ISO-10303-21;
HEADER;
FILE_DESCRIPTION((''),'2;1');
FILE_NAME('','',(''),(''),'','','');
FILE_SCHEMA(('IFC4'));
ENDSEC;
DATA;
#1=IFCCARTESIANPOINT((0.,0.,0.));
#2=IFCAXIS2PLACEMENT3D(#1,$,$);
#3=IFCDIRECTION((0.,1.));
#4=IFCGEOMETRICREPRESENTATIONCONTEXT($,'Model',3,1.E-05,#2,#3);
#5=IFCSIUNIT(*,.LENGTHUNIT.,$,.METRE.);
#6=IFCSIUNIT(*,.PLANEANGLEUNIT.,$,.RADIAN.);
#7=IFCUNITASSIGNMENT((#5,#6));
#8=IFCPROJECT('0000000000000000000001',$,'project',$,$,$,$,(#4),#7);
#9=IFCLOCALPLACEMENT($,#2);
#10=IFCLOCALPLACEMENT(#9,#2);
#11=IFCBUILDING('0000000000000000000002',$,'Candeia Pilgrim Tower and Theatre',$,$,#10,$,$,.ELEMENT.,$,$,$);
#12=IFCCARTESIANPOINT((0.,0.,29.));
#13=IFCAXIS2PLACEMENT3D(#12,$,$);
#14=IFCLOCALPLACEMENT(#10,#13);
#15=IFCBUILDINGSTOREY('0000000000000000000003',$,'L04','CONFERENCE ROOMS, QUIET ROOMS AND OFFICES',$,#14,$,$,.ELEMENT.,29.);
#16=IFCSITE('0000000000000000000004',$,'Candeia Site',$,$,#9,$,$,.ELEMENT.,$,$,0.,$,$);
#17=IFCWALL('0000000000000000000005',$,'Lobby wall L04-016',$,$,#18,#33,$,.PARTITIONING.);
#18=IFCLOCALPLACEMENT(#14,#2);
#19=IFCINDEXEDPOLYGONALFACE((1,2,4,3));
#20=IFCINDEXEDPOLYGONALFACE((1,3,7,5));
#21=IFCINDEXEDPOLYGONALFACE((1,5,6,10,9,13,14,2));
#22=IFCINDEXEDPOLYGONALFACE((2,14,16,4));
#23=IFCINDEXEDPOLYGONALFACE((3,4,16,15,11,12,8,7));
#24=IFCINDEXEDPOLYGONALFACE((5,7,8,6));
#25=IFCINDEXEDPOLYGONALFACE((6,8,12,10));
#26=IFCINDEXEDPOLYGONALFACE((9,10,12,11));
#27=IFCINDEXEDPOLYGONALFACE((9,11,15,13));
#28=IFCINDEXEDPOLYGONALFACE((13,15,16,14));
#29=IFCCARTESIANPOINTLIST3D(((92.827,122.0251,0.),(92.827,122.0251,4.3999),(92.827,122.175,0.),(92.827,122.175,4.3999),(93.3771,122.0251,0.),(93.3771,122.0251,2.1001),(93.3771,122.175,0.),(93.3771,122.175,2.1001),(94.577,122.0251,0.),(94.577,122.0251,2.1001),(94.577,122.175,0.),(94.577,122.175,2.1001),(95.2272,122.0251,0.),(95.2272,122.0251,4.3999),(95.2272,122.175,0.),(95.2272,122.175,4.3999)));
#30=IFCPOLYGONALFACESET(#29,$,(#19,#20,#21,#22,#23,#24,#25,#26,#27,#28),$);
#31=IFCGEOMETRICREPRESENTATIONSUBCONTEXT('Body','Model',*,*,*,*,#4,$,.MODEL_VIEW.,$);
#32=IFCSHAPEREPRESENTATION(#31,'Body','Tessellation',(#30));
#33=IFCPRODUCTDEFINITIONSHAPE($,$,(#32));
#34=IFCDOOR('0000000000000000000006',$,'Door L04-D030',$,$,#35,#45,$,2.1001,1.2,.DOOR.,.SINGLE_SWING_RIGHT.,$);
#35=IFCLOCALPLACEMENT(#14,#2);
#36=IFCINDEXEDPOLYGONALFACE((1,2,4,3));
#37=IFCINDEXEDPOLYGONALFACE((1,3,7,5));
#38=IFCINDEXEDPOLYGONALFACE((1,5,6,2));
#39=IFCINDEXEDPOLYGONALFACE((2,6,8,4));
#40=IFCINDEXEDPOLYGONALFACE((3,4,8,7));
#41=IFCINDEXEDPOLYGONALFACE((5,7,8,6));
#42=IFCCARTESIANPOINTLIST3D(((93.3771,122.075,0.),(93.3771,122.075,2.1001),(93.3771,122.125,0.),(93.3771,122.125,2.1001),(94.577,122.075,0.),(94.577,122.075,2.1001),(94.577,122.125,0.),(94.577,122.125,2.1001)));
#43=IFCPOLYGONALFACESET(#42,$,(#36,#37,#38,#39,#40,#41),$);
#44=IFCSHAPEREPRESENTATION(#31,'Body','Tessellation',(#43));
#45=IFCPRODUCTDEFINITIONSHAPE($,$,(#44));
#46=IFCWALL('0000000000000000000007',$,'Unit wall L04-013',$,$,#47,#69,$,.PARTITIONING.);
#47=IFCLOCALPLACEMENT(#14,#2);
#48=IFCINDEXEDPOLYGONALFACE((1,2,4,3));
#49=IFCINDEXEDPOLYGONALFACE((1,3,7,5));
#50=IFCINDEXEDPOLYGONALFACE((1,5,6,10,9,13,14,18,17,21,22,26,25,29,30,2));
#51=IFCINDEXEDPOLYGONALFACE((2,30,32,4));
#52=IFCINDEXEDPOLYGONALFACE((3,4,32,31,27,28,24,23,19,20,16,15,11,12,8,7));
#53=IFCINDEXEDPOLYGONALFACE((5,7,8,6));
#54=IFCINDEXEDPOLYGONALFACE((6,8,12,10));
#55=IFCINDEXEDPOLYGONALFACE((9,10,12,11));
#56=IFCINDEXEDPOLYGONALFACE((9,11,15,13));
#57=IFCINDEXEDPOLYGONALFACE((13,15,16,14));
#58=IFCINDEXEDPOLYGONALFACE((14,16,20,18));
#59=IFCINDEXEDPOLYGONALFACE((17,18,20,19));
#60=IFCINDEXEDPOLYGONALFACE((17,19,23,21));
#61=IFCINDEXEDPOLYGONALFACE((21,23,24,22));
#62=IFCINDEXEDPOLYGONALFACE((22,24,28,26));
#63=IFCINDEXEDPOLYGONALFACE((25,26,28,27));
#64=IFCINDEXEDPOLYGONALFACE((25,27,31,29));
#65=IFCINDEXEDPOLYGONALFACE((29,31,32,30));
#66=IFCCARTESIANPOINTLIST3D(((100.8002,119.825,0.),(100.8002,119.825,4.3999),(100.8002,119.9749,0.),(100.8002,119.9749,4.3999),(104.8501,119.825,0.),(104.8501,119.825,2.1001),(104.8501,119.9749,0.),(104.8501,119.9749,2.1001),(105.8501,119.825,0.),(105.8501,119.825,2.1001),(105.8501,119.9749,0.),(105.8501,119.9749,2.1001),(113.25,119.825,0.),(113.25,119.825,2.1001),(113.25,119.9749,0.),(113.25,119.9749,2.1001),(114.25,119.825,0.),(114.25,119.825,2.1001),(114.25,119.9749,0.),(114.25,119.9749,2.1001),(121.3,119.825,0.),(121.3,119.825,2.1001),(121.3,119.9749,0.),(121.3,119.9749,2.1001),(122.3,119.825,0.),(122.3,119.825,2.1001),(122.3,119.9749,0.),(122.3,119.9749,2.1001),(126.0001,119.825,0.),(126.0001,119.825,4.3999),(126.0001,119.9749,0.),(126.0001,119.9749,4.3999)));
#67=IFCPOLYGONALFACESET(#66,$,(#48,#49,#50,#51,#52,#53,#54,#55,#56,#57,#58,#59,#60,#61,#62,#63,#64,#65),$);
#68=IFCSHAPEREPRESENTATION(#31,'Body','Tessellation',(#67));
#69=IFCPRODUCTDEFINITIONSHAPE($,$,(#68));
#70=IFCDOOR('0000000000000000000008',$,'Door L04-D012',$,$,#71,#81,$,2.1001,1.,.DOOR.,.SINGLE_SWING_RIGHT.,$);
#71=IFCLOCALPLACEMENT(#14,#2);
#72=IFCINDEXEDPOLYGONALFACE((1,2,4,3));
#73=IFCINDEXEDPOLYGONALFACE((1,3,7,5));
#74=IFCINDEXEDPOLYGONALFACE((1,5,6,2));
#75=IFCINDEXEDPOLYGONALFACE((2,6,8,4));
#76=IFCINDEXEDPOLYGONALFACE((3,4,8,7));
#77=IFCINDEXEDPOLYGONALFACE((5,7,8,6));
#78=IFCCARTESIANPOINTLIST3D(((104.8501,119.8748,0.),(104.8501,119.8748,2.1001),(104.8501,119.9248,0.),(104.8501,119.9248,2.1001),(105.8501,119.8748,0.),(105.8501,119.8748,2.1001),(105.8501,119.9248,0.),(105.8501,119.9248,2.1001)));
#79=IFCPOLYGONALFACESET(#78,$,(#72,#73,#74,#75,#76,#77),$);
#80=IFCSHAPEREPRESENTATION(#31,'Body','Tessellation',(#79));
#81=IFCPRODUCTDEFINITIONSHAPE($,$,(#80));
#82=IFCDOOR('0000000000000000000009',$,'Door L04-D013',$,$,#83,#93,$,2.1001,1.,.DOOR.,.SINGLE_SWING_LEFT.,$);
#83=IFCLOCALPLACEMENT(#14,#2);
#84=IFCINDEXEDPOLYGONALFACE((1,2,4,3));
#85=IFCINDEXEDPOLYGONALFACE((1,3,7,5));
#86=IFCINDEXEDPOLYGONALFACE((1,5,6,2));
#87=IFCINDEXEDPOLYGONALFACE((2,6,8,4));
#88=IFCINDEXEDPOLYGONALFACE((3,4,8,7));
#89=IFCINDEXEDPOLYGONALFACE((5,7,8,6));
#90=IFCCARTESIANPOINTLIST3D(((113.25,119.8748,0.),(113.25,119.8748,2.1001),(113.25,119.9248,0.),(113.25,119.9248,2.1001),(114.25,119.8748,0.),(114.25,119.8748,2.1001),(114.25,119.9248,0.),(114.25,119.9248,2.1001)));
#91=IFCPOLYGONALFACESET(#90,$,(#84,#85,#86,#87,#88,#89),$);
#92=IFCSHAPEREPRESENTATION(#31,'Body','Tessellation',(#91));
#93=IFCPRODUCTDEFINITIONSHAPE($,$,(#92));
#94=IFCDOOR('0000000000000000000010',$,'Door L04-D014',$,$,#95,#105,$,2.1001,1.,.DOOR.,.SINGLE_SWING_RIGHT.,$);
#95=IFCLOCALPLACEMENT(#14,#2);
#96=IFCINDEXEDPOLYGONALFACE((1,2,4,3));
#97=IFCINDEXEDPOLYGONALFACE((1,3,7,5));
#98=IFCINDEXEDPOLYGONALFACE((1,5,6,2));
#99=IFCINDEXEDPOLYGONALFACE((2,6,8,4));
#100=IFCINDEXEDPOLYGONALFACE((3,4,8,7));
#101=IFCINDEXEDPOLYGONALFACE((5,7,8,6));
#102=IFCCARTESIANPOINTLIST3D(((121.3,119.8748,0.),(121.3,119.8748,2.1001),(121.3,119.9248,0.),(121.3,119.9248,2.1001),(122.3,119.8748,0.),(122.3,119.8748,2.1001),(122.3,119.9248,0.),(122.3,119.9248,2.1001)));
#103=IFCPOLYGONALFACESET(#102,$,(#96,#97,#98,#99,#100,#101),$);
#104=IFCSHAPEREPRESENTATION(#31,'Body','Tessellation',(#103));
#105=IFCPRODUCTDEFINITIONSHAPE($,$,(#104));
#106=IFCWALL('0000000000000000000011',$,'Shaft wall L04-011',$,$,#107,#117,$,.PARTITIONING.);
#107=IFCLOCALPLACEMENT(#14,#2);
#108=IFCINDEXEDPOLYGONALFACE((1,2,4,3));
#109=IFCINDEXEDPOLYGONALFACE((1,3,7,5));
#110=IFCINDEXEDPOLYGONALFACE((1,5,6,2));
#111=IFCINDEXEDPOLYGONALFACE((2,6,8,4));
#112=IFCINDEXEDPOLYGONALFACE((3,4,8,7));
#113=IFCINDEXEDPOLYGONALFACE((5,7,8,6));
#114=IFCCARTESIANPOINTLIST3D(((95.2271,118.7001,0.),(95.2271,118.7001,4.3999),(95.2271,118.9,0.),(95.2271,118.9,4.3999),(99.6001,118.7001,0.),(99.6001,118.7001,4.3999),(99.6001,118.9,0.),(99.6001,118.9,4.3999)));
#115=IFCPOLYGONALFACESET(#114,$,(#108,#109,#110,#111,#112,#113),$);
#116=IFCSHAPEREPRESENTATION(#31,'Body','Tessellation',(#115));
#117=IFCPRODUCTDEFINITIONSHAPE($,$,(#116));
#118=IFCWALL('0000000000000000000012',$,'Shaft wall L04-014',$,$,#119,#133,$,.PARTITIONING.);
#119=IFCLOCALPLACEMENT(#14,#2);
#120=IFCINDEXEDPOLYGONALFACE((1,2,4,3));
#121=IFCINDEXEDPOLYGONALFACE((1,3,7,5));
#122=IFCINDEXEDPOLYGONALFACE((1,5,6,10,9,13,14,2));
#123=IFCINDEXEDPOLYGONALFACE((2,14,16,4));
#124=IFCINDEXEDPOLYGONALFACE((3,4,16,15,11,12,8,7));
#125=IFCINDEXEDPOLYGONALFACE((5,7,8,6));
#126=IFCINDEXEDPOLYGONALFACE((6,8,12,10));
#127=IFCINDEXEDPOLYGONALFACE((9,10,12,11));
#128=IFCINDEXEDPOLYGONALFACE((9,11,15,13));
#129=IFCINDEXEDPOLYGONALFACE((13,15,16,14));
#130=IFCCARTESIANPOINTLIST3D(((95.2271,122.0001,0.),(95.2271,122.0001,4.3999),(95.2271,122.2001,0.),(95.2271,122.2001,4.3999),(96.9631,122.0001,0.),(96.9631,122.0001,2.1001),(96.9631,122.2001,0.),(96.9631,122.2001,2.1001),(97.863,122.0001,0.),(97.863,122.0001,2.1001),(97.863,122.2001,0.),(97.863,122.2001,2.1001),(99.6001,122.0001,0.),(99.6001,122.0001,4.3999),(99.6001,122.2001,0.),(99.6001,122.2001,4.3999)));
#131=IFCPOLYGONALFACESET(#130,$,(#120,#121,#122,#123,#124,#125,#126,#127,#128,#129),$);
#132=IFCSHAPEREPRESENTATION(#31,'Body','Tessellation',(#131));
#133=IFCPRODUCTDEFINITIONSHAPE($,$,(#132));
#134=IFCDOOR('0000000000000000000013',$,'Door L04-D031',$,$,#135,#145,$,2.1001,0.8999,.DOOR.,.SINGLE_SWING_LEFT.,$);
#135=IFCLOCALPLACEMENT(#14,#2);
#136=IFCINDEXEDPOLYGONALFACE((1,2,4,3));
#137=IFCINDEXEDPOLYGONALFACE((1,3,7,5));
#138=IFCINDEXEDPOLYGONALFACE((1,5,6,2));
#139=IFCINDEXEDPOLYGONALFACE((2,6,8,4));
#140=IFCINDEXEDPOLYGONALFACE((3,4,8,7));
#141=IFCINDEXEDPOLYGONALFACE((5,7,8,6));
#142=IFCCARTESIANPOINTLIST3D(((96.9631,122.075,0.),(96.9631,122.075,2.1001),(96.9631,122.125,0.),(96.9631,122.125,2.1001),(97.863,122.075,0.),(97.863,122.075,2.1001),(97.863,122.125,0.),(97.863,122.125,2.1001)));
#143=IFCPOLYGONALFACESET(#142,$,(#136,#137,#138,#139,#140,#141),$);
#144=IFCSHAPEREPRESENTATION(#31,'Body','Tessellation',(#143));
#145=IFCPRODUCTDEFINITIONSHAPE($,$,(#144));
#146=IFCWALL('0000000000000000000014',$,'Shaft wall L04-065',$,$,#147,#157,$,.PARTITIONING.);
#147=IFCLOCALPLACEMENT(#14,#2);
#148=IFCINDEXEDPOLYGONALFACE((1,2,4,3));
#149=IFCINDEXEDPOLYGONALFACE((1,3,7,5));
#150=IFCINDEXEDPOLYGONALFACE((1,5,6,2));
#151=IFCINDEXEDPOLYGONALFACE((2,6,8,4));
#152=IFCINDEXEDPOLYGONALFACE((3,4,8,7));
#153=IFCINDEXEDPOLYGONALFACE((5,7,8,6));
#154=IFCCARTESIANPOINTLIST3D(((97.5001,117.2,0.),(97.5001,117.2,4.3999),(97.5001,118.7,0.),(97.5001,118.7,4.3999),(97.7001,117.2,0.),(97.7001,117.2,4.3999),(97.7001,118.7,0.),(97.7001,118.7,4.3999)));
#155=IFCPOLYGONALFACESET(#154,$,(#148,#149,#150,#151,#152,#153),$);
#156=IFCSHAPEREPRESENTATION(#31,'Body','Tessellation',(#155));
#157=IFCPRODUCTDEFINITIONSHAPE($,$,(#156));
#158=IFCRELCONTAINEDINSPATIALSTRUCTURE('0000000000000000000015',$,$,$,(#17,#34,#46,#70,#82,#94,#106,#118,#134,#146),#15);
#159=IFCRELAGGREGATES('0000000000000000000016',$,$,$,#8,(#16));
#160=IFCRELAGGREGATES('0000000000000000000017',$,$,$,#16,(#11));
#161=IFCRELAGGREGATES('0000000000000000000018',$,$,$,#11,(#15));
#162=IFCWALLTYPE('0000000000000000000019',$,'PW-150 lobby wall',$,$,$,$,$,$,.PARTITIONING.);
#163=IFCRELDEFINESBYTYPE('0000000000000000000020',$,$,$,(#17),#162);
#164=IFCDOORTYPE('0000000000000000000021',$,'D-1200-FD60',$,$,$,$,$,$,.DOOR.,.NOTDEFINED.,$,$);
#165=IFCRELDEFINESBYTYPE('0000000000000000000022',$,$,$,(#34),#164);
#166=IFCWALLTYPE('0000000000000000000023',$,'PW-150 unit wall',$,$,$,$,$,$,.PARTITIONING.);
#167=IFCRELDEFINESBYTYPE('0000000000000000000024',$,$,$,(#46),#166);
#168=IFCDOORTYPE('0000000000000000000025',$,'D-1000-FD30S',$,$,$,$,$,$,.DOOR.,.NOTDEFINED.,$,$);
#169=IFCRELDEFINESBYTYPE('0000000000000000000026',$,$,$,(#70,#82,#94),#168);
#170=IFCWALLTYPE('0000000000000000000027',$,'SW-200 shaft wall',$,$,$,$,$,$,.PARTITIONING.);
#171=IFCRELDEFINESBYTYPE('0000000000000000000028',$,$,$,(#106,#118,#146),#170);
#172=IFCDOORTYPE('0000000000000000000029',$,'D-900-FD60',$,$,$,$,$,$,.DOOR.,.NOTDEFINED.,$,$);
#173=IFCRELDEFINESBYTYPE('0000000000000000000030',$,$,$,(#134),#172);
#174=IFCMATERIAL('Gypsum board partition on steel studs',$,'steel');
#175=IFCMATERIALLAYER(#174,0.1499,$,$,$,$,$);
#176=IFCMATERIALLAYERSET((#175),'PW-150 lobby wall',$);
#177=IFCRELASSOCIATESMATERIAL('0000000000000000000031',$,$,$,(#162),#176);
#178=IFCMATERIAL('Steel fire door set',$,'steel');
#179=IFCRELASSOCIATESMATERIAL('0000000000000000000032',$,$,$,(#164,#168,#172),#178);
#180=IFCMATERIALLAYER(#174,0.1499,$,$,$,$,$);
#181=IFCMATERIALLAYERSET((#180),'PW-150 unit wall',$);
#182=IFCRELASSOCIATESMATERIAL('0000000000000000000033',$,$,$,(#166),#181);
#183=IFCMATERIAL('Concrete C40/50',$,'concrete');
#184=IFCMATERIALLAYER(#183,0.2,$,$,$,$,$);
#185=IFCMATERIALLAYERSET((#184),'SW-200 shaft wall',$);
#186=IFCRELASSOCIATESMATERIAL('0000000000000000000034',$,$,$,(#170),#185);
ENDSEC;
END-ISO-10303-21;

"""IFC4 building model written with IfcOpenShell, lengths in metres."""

from ifc_helpers import new_model, si_unit, direction, frame, frame_2d, origin, place, context, subcontext, project, spatial, rectangle, extrude, material, layer, layer_set, type_object, element, fill, save


model = new_model("IFC4")

# Units and contexts
model_context = context("Model", 3, precision=1e-05, world=origin(), true_north=direction((0.0, 1.0)))
body_context = subcontext(model_context, "Body", "Model", "MODEL_VIEW")
ifc_project = project(units=[si_unit("LENGTHUNIT", "METRE"), si_unit("PLANEANGLEUNIT", "RADIAN")], contexts=[model_context])

# Site, building, storey
site_placement = place(None, origin())
site = spatial("IfcSite", under=ifc_project, at=site_placement, Name="Candeia Site", CompositionType="ELEMENT", RefElevation=0.0)
building_placement = place(site_placement, origin())
building = spatial("IfcBuilding", under=site, at=building_placement, Name="Candeia Pilgrim Tower and Theatre", CompositionType="ELEMENT")
storey_placement = place(building_placement, frame((0.0, 0.0, 29.0)))
storey = spatial("IfcBuildingStorey", under=building, at=storey_placement, Name="L04", Description="CONFERENCE ROOMS, QUIET ROOMS AND OFFICES", CompositionType="ELEMENT", Elevation=29.0)

# Wall, opening, door
ifc_material_1 = material(Name="Gypsum board partition on steel studs", Category="steel")
ifc_layer_1 = layer(ifc_material_1, 0.1499)
ifc_layer_set_1 = layer_set([ifc_layer_1], Name="PW-150 lobby wall")
wall_type_1 = type_object("IfcWallType", Name="PW-150 lobby wall", PredefinedType="PARTITIONING", material=ifc_layer_set_1)
wall_1_placement = place(storey_placement, frame((92.8269, 122.1001, 0.0), z_axis=(0.0, 0.0, 1.0), x_axis=(1.0, 0.0, 0.0)))
wall_1 = element("IfcWall", 1, at=wall_1_placement, inside=storey, type_object=wall_type_1, Name="Lobby wall L04-016", PredefinedType="PARTITIONING", context=body_context, shape_type="SweptSolid", body=[
    extrude(rectangle(XDim=2.4001, YDim=0.1499, at=frame_2d((1.2002, 0.0))), origin(), (0.0, 0.0, 1.0), 4.3999),
])
opening_1_placement = place(wall_1_placement, frame((0.55, 0.0, 0.0)))
opening_1 = element("IfcOpeningElement", 2, at=opening_1_placement, cuts=wall_1, PredefinedType="OPENING", context=body_context, shape_type="SweptSolid", body=[
    extrude(rectangle(XDim=1.2, YDim=2.1001, at=frame_2d((0.6001, 1.05))), frame((0.0, 0.085, 0.0), z_axis=(0.0, -1.0, 0.0), x_axis=(1.0, 0.0, 0.0)), (0.0, 0.0, 1.0), 0.1699),
])
ifc_material_2 = material(Name="Steel fire door set", Category="steel")
door_type_1 = type_object("IfcDoorType", Name="D-1200-FD60", OperationType="NOTDEFINED", PredefinedType="DOOR", material=ifc_material_2)
door_1_placement = place(opening_1_placement, origin())
door_1 = element("IfcDoor", 3, at=door_1_placement, inside=storey, type_object=door_type_1, Name="Door L04-D030", OperationType="SINGLE_SWING_RIGHT", OverallHeight=2.1001, OverallWidth=1.2, PredefinedType="DOOR", context=body_context, shape_type="SweptSolid", body=[
    extrude(rectangle(XDim=1.2, YDim=2.1001, at=frame_2d((0.6001, 1.05))), frame((0.0, 0.0249, 0.0), z_axis=(0.0, -1.0, 0.0), x_axis=(1.0, 0.0, 0.0)), (0.0, 0.0, 1.0), 0.05),
])
fill(opening_1, door_1)

# Wall, openings, doors
ifc_layer_2 = layer(ifc_material_1, 0.1499)
ifc_layer_set_2 = layer_set([ifc_layer_2], Name="PW-150 unit wall")
wall_type_2 = type_object("IfcWallType", Name="PW-150 unit wall", PredefinedType="PARTITIONING", material=ifc_layer_set_2)
wall_2_placement = place(storey_placement, frame((100.8, 119.8999, 0.0), z_axis=(0.0, 0.0, 1.0), x_axis=(1.0, 0.0, 0.0)))
wall_2 = element("IfcWall", 4, at=wall_2_placement, inside=storey, type_object=wall_type_2, Name="Unit wall L04-013", PredefinedType="PARTITIONING", context=body_context, shape_type="SweptSolid", body=[
    extrude(rectangle(XDim=25.2, YDim=0.1499, at=frame_2d((12.6001, 0.0))), origin(), (0.0, 0.0, 1.0), 4.3999),
])
opening_2_placement = place(wall_2_placement, frame((4.05, 0.0, 0.0)))
opening_2 = element("IfcOpeningElement", 5, at=opening_2_placement, cuts=wall_2, PredefinedType="OPENING", context=body_context, shape_type="SweptSolid", body=[
    extrude(rectangle(XDim=1.0, YDim=2.1001, at=frame_2d((0.5, 1.05))), frame((0.0, 0.085, 0.0), z_axis=(0.0, -1.0, 0.0), x_axis=(1.0, 0.0, 0.0)), (0.0, 0.0, 1.0), 0.1699),
])
opening_3_placement = place(wall_2_placement, frame((12.45, 0.0, 0.0)))
opening_3 = element("IfcOpeningElement", 6, at=opening_3_placement, cuts=wall_2, PredefinedType="OPENING", context=body_context, shape_type="SweptSolid", body=[
    extrude(rectangle(XDim=1.0, YDim=2.1001, at=frame_2d((0.5, 1.05))), frame((0.0, 0.085, 0.0), z_axis=(0.0, -1.0, 0.0), x_axis=(1.0, 0.0, 0.0)), (0.0, 0.0, 1.0), 0.1699),
])
opening_4_placement = place(wall_2_placement, frame((20.5, 0.0, 0.0)))
opening_4 = element("IfcOpeningElement", 7, at=opening_4_placement, cuts=wall_2, PredefinedType="OPENING", context=body_context, shape_type="SweptSolid", body=[
    extrude(rectangle(XDim=1.0, YDim=2.1001, at=frame_2d((0.5, 1.05))), frame((0.0, 0.085, 0.0), z_axis=(0.0, -1.0, 0.0), x_axis=(1.0, 0.0, 0.0)), (0.0, 0.0, 1.0), 0.1699),
])
door_type_2 = type_object("IfcDoorType", Name="D-1000-FD30S", OperationType="NOTDEFINED", PredefinedType="DOOR", material=ifc_material_2)
door_2_placement = place(opening_2_placement, origin())
door_2 = element("IfcDoor", 8, at=door_2_placement, inside=storey, type_object=door_type_2, Name="Door L04-D012", OperationType="SINGLE_SWING_RIGHT", OverallHeight=2.1001, OverallWidth=1.0, PredefinedType="DOOR", context=body_context, shape_type="SweptSolid", body=[
    extrude(rectangle(XDim=1.0, YDim=2.1001, at=frame_2d((0.5, 1.05))), frame((0.0, 0.0249, 0.0), z_axis=(0.0, -1.0, 0.0), x_axis=(1.0, 0.0, 0.0)), (0.0, 0.0, 1.0), 0.05),
])
fill(opening_2, door_2)
door_3_placement = place(opening_3_placement, origin())
door_3 = element("IfcDoor", 9, at=door_3_placement, inside=storey, type_object=door_type_2, Name="Door L04-D013", OperationType="SINGLE_SWING_LEFT", OverallHeight=2.1001, OverallWidth=1.0, PredefinedType="DOOR", context=body_context, shape_type="SweptSolid", body=[
    extrude(rectangle(XDim=1.0, YDim=2.1001, at=frame_2d((0.5, 1.05))), frame((0.0, 0.0249, 0.0), z_axis=(0.0, -1.0, 0.0), x_axis=(1.0, 0.0, 0.0)), (0.0, 0.0, 1.0), 0.05),
])
fill(opening_3, door_3)
door_4_placement = place(opening_4_placement, origin())
door_4 = element("IfcDoor", 10, at=door_4_placement, inside=storey, type_object=door_type_2, Name="Door L04-D014", OperationType="SINGLE_SWING_RIGHT", OverallHeight=2.1001, OverallWidth=1.0, PredefinedType="DOOR", context=body_context, shape_type="SweptSolid", body=[
    extrude(rectangle(XDim=1.0, YDim=2.1001, at=frame_2d((0.5, 1.05))), frame((0.0, 0.0249, 0.0), z_axis=(0.0, -1.0, 0.0), x_axis=(1.0, 0.0, 0.0)), (0.0, 0.0, 1.0), 0.05),
])
fill(opening_4, door_4)

# Wall
ifc_material_3 = material(Name="Concrete C40/50", Category="concrete")
ifc_layer_3 = layer(ifc_material_3, 0.2)
ifc_layer_set_3 = layer_set([ifc_layer_3], Name="SW-200 shaft wall")
wall_type_3 = type_object("IfcWallType", Name="SW-200 shaft wall", PredefinedType="PARTITIONING", material=ifc_layer_set_3)
wall_3_placement = place(storey_placement, frame((95.2271, 118.8, 0.0), z_axis=(0.0, 0.0, 1.0), x_axis=(1.0, 0.0, 0.0)))
element("IfcWall", 11, at=wall_3_placement, inside=storey, type_object=wall_type_3, Name="Shaft wall L04-011", PredefinedType="PARTITIONING", context=body_context, shape_type="SweptSolid", body=[
    extrude(rectangle(XDim=4.373, YDim=0.2, at=frame_2d((2.1865, 0.0))), origin(), (0.0, 0.0, 1.0), 4.3999),
])

# Wall, opening, door
wall_4_placement = place(storey_placement, frame((95.2271, 122.1001, 0.0), z_axis=(0.0, 0.0, 1.0), x_axis=(1.0, 0.0, 0.0)))
wall_4 = element("IfcWall", 12, at=wall_4_placement, inside=storey, type_object=wall_type_3, Name="Shaft wall L04-014", PredefinedType="PARTITIONING", context=body_context, shape_type="SweptSolid", body=[
    extrude(rectangle(XDim=4.373, YDim=0.2, at=frame_2d((2.1865, 0.0))), origin(), (0.0, 0.0, 1.0), 4.3999),
])
opening_5_placement = place(wall_4_placement, frame((1.7361, 0.0, 0.0)))
opening_5 = element("IfcOpeningElement", 13, at=opening_5_placement, cuts=wall_4, PredefinedType="OPENING", context=body_context, shape_type="SweptSolid", body=[
    extrude(rectangle(XDim=0.8999, YDim=2.1001, at=frame_2d((0.45, 1.05))), frame((0.0, 0.1099, 0.0), z_axis=(0.0, -1.0, 0.0), x_axis=(1.0, 0.0, 0.0)), (0.0, 0.0, 1.0), 0.22),
])
door_type_3 = type_object("IfcDoorType", Name="D-900-FD60", OperationType="NOTDEFINED", PredefinedType="DOOR", material=ifc_material_2)
door_5_placement = place(opening_5_placement, origin())
door_5 = element("IfcDoor", 14, at=door_5_placement, inside=storey, type_object=door_type_3, Name="Door L04-D031", OperationType="SINGLE_SWING_LEFT", OverallHeight=2.1001, OverallWidth=0.8999, PredefinedType="DOOR", context=body_context, shape_type="SweptSolid", body=[
    extrude(rectangle(XDim=0.8999, YDim=2.1001, at=frame_2d((0.45, 1.05))), frame((0.0, 0.0249, 0.0), z_axis=(0.0, -1.0, 0.0), x_axis=(1.0, 0.0, 0.0)), (0.0, 0.0, 1.0), 0.05),
])
fill(opening_5, door_5)

# Wall
wall_5_placement = place(storey_placement, frame((97.6001, 117.2, 0.0), z_axis=(0.0, 0.0, 1.0), x_axis=(0.0, 1.0, 0.0)))
element("IfcWall", 15, at=wall_5_placement, inside=storey, type_object=wall_type_3, Name="Shaft wall L04-065", PredefinedType="PARTITIONING", context=body_context, shape_type="SweptSolid", body=[
    extrude(rectangle(XDim=1.5, YDim=0.2, at=frame_2d((0.75, 0.0))), origin(), (0.0, 0.0, 1.0), 4.3999),
])

save(model, "model.ifc")
